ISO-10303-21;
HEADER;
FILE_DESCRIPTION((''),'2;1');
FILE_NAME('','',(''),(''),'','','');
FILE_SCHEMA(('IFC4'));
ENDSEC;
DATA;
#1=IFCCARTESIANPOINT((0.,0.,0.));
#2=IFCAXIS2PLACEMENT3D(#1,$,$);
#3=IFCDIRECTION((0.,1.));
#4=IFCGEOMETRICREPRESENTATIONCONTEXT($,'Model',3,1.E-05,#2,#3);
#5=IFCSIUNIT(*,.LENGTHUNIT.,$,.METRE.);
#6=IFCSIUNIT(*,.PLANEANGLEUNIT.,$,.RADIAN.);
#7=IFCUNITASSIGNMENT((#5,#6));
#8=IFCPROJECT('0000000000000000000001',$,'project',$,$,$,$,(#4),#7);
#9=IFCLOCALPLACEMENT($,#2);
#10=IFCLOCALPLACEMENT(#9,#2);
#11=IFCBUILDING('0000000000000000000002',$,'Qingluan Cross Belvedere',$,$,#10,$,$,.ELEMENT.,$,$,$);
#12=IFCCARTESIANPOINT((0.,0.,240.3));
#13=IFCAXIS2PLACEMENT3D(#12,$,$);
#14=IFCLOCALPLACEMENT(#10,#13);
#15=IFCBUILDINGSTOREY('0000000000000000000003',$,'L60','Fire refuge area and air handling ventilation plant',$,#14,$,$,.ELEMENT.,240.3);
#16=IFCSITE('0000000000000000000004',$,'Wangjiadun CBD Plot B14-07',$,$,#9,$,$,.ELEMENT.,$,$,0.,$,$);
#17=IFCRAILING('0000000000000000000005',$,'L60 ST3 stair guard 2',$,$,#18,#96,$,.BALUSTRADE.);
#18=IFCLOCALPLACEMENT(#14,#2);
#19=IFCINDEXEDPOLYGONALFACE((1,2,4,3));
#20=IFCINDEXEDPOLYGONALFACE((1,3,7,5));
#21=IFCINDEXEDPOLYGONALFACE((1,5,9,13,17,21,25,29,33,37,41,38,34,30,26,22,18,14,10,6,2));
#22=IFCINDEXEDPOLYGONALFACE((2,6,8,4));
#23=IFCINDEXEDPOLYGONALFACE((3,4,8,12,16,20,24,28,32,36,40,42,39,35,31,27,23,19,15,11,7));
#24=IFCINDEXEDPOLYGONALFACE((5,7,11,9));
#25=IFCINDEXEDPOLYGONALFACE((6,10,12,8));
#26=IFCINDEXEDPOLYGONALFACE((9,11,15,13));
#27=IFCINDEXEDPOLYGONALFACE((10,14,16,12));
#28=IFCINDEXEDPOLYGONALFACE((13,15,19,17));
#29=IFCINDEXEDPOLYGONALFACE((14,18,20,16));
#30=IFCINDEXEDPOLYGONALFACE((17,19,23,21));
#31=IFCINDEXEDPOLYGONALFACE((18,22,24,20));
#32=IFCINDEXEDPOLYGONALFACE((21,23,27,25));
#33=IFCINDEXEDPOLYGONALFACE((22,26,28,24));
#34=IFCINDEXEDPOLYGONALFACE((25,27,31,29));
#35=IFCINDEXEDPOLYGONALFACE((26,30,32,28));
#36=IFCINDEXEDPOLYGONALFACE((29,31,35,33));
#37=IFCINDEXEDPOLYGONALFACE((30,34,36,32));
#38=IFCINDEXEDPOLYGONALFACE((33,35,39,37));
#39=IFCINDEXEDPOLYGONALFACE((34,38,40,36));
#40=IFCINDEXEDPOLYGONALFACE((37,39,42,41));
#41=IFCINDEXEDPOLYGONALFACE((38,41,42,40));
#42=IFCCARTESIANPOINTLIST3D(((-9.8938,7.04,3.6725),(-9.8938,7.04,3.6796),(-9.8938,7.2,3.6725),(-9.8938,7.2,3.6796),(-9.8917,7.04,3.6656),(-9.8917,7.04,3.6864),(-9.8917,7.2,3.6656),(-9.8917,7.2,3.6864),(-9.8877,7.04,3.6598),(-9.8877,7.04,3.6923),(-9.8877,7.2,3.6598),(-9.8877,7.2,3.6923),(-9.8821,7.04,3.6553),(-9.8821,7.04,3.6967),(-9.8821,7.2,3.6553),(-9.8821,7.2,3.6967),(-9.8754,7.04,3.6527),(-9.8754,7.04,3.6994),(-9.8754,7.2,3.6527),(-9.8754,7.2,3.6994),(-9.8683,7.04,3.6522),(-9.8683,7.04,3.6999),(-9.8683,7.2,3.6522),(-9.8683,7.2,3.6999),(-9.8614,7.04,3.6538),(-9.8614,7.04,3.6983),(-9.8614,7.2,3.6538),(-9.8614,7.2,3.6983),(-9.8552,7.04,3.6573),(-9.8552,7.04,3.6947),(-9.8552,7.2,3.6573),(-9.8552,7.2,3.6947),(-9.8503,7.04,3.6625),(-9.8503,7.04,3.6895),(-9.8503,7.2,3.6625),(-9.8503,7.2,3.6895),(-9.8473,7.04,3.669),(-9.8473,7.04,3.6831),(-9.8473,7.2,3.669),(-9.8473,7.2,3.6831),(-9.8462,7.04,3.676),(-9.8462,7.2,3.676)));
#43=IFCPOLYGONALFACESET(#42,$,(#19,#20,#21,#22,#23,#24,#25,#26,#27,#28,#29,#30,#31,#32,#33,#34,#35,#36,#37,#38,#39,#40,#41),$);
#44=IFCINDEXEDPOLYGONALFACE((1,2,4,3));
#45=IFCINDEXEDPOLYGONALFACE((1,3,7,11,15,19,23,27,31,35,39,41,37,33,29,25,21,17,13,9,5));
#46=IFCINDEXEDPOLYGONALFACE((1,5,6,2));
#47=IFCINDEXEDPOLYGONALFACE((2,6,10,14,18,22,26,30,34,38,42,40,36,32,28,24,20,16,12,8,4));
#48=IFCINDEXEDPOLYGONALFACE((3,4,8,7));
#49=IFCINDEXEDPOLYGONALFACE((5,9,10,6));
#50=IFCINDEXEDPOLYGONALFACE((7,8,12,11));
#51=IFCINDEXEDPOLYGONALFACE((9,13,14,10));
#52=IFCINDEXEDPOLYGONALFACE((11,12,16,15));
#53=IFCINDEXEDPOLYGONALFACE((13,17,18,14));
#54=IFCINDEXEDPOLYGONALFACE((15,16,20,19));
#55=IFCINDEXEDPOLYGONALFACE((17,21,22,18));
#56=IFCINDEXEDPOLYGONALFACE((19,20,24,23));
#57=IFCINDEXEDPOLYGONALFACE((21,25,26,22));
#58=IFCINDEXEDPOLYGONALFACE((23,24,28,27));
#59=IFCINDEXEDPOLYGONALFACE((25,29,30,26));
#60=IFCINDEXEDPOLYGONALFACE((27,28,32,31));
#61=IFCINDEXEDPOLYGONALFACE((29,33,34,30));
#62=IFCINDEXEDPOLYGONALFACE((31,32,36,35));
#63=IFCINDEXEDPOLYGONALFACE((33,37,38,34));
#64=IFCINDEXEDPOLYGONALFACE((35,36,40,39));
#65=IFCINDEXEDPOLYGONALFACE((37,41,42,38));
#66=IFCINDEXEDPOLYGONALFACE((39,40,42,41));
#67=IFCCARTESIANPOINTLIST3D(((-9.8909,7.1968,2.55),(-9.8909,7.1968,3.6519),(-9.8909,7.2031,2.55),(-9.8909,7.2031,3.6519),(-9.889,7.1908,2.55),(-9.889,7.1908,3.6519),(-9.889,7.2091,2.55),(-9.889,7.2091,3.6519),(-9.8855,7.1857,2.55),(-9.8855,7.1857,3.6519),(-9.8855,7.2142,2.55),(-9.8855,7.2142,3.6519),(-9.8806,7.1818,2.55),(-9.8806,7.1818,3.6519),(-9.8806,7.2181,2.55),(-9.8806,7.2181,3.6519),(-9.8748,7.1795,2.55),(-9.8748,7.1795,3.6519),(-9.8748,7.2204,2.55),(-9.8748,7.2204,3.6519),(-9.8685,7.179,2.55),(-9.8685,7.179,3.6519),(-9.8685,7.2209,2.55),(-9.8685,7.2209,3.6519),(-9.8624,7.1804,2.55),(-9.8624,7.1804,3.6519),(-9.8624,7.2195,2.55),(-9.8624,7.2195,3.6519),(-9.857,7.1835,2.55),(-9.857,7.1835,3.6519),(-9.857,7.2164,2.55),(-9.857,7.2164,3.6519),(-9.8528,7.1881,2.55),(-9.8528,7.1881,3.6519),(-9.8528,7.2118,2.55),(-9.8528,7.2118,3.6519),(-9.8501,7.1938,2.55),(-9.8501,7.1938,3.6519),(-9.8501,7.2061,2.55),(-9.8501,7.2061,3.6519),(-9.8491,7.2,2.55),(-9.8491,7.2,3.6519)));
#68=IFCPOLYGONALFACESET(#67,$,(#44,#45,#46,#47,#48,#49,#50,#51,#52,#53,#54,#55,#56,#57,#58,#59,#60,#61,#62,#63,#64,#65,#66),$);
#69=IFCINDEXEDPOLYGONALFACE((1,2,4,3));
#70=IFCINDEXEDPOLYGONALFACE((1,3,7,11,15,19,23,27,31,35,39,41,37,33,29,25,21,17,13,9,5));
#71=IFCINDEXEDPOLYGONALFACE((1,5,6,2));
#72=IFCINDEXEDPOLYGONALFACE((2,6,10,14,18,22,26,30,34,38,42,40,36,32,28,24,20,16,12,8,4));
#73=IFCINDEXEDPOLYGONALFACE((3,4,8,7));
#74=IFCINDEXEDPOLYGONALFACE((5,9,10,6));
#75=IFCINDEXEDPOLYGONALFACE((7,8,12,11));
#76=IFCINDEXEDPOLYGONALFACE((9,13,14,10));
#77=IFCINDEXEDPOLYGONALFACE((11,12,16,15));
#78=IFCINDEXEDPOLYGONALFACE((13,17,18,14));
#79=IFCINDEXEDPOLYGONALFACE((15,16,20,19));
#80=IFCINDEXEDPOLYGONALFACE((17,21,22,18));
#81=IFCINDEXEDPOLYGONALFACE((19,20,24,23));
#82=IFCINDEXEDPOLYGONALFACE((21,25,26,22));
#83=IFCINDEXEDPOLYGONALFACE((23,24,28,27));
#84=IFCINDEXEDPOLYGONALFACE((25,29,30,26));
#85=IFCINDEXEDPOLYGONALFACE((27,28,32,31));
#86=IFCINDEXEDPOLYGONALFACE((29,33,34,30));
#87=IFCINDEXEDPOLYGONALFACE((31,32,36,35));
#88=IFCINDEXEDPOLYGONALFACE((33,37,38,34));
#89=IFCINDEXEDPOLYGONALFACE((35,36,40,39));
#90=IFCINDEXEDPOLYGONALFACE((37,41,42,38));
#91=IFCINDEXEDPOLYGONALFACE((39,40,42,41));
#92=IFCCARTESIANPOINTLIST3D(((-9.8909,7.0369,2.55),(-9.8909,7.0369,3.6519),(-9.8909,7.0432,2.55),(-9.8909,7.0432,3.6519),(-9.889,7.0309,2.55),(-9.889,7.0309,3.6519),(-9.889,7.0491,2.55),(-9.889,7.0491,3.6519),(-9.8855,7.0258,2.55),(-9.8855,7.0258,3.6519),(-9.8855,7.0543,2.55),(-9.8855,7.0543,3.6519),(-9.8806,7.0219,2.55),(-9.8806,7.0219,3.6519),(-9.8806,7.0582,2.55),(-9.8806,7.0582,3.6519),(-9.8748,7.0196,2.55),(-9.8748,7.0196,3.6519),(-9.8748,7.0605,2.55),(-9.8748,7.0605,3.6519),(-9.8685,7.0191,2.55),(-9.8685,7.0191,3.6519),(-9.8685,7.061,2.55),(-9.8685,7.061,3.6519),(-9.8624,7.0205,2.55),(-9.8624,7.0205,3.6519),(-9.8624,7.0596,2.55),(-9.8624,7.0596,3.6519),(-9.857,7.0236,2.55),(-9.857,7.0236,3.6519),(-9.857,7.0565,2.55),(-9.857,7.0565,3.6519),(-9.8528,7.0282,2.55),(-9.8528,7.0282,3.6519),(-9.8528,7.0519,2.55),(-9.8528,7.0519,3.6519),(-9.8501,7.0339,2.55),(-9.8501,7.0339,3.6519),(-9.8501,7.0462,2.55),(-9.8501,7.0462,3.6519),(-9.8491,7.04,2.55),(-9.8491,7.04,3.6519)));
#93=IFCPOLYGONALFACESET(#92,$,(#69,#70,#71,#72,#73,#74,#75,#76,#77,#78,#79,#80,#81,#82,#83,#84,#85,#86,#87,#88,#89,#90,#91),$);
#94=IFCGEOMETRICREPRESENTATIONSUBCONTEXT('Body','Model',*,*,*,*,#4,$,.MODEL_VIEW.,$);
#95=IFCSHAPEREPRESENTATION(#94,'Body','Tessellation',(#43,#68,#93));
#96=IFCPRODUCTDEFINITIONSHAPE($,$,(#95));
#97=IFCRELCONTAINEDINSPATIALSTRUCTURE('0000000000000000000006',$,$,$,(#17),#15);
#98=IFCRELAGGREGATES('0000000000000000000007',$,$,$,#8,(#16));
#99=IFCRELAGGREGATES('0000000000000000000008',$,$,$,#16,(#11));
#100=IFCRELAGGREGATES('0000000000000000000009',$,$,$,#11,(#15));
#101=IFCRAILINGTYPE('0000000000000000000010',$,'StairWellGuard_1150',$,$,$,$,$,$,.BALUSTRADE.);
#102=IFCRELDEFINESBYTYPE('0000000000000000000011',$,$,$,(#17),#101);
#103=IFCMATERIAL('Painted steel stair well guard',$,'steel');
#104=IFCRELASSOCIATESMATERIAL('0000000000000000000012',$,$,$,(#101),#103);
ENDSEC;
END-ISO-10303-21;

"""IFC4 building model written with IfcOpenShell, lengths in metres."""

from ifc_helpers import new_model, si_unit, direction, frame, origin, origin_2d, place, context, subcontext, project, spatial, circle, extrude, material, type_object, element, save


model = new_model("IFC4")

# Units and contexts
model_context = context("Model", 3, precision=1e-05, world=origin(), true_north=direction((0.0, 1.0)))
body_context = subcontext(model_context, "Body", "Model", "MODEL_VIEW")
ifc_project = project(units=[si_unit("LENGTHUNIT", "METRE"), si_unit("PLANEANGLEUNIT", "RADIAN")], contexts=[model_context])

# Site, building, storey
site_placement = place(None, origin())
site = spatial("IfcSite", under=ifc_project, at=site_placement, Name="Wangjiadun CBD Plot B14-07", CompositionType="ELEMENT", RefElevation=0.0)
building_placement = place(site_placement, origin())
building = spatial("IfcBuilding", under=site, at=building_placement, Name="Qingluan Cross Belvedere", CompositionType="ELEMENT")
storey_placement = place(building_placement, frame((0.0, 0.0, 240.3)))
storey = spatial("IfcBuildingStorey", under=building, at=storey_placement, Name="L60", Description="Fire refuge area and air handling ventilation plant", CompositionType="ELEMENT", Elevation=240.3)

# Railing
ifc_material_1 = material(Name="Painted steel stair well guard", Category="steel")
railing_type_1 = type_object("IfcRailingType", Name="StairWellGuard_1150", PredefinedType="BALUSTRADE", material=ifc_material_1)
railing_1_placement = place(storey_placement, frame((-9.8701, 7.2, 2.55)))
element("IfcRailing", 1, at=railing_1_placement, inside=storey, type_object=railing_type_1, Name="L60 ST3 stair guard 2", PredefinedType="BALUSTRADE", context=body_context, shape_type="SweptSolid", body=[
    extrude(circle(Radius=0.0239, at=origin_2d()), frame((0.0, 0.0, 1.126), z_axis=(0.0, -1.0, 0.0), x_axis=(1.0, 0.0, 0.0)), (0.0, 0.0, 1.0), 0.1599),
    extrude(circle(Radius=0.021, at=origin_2d()), origin(), (0.0, 0.0, 1.0), 1.1018),
    extrude(circle(Radius=0.021, at=origin_2d()), frame((0.0, -0.1599, 0.0)), (0.0, 0.0, 1.0), 1.1018),
])

save(model, "model.ifc")
